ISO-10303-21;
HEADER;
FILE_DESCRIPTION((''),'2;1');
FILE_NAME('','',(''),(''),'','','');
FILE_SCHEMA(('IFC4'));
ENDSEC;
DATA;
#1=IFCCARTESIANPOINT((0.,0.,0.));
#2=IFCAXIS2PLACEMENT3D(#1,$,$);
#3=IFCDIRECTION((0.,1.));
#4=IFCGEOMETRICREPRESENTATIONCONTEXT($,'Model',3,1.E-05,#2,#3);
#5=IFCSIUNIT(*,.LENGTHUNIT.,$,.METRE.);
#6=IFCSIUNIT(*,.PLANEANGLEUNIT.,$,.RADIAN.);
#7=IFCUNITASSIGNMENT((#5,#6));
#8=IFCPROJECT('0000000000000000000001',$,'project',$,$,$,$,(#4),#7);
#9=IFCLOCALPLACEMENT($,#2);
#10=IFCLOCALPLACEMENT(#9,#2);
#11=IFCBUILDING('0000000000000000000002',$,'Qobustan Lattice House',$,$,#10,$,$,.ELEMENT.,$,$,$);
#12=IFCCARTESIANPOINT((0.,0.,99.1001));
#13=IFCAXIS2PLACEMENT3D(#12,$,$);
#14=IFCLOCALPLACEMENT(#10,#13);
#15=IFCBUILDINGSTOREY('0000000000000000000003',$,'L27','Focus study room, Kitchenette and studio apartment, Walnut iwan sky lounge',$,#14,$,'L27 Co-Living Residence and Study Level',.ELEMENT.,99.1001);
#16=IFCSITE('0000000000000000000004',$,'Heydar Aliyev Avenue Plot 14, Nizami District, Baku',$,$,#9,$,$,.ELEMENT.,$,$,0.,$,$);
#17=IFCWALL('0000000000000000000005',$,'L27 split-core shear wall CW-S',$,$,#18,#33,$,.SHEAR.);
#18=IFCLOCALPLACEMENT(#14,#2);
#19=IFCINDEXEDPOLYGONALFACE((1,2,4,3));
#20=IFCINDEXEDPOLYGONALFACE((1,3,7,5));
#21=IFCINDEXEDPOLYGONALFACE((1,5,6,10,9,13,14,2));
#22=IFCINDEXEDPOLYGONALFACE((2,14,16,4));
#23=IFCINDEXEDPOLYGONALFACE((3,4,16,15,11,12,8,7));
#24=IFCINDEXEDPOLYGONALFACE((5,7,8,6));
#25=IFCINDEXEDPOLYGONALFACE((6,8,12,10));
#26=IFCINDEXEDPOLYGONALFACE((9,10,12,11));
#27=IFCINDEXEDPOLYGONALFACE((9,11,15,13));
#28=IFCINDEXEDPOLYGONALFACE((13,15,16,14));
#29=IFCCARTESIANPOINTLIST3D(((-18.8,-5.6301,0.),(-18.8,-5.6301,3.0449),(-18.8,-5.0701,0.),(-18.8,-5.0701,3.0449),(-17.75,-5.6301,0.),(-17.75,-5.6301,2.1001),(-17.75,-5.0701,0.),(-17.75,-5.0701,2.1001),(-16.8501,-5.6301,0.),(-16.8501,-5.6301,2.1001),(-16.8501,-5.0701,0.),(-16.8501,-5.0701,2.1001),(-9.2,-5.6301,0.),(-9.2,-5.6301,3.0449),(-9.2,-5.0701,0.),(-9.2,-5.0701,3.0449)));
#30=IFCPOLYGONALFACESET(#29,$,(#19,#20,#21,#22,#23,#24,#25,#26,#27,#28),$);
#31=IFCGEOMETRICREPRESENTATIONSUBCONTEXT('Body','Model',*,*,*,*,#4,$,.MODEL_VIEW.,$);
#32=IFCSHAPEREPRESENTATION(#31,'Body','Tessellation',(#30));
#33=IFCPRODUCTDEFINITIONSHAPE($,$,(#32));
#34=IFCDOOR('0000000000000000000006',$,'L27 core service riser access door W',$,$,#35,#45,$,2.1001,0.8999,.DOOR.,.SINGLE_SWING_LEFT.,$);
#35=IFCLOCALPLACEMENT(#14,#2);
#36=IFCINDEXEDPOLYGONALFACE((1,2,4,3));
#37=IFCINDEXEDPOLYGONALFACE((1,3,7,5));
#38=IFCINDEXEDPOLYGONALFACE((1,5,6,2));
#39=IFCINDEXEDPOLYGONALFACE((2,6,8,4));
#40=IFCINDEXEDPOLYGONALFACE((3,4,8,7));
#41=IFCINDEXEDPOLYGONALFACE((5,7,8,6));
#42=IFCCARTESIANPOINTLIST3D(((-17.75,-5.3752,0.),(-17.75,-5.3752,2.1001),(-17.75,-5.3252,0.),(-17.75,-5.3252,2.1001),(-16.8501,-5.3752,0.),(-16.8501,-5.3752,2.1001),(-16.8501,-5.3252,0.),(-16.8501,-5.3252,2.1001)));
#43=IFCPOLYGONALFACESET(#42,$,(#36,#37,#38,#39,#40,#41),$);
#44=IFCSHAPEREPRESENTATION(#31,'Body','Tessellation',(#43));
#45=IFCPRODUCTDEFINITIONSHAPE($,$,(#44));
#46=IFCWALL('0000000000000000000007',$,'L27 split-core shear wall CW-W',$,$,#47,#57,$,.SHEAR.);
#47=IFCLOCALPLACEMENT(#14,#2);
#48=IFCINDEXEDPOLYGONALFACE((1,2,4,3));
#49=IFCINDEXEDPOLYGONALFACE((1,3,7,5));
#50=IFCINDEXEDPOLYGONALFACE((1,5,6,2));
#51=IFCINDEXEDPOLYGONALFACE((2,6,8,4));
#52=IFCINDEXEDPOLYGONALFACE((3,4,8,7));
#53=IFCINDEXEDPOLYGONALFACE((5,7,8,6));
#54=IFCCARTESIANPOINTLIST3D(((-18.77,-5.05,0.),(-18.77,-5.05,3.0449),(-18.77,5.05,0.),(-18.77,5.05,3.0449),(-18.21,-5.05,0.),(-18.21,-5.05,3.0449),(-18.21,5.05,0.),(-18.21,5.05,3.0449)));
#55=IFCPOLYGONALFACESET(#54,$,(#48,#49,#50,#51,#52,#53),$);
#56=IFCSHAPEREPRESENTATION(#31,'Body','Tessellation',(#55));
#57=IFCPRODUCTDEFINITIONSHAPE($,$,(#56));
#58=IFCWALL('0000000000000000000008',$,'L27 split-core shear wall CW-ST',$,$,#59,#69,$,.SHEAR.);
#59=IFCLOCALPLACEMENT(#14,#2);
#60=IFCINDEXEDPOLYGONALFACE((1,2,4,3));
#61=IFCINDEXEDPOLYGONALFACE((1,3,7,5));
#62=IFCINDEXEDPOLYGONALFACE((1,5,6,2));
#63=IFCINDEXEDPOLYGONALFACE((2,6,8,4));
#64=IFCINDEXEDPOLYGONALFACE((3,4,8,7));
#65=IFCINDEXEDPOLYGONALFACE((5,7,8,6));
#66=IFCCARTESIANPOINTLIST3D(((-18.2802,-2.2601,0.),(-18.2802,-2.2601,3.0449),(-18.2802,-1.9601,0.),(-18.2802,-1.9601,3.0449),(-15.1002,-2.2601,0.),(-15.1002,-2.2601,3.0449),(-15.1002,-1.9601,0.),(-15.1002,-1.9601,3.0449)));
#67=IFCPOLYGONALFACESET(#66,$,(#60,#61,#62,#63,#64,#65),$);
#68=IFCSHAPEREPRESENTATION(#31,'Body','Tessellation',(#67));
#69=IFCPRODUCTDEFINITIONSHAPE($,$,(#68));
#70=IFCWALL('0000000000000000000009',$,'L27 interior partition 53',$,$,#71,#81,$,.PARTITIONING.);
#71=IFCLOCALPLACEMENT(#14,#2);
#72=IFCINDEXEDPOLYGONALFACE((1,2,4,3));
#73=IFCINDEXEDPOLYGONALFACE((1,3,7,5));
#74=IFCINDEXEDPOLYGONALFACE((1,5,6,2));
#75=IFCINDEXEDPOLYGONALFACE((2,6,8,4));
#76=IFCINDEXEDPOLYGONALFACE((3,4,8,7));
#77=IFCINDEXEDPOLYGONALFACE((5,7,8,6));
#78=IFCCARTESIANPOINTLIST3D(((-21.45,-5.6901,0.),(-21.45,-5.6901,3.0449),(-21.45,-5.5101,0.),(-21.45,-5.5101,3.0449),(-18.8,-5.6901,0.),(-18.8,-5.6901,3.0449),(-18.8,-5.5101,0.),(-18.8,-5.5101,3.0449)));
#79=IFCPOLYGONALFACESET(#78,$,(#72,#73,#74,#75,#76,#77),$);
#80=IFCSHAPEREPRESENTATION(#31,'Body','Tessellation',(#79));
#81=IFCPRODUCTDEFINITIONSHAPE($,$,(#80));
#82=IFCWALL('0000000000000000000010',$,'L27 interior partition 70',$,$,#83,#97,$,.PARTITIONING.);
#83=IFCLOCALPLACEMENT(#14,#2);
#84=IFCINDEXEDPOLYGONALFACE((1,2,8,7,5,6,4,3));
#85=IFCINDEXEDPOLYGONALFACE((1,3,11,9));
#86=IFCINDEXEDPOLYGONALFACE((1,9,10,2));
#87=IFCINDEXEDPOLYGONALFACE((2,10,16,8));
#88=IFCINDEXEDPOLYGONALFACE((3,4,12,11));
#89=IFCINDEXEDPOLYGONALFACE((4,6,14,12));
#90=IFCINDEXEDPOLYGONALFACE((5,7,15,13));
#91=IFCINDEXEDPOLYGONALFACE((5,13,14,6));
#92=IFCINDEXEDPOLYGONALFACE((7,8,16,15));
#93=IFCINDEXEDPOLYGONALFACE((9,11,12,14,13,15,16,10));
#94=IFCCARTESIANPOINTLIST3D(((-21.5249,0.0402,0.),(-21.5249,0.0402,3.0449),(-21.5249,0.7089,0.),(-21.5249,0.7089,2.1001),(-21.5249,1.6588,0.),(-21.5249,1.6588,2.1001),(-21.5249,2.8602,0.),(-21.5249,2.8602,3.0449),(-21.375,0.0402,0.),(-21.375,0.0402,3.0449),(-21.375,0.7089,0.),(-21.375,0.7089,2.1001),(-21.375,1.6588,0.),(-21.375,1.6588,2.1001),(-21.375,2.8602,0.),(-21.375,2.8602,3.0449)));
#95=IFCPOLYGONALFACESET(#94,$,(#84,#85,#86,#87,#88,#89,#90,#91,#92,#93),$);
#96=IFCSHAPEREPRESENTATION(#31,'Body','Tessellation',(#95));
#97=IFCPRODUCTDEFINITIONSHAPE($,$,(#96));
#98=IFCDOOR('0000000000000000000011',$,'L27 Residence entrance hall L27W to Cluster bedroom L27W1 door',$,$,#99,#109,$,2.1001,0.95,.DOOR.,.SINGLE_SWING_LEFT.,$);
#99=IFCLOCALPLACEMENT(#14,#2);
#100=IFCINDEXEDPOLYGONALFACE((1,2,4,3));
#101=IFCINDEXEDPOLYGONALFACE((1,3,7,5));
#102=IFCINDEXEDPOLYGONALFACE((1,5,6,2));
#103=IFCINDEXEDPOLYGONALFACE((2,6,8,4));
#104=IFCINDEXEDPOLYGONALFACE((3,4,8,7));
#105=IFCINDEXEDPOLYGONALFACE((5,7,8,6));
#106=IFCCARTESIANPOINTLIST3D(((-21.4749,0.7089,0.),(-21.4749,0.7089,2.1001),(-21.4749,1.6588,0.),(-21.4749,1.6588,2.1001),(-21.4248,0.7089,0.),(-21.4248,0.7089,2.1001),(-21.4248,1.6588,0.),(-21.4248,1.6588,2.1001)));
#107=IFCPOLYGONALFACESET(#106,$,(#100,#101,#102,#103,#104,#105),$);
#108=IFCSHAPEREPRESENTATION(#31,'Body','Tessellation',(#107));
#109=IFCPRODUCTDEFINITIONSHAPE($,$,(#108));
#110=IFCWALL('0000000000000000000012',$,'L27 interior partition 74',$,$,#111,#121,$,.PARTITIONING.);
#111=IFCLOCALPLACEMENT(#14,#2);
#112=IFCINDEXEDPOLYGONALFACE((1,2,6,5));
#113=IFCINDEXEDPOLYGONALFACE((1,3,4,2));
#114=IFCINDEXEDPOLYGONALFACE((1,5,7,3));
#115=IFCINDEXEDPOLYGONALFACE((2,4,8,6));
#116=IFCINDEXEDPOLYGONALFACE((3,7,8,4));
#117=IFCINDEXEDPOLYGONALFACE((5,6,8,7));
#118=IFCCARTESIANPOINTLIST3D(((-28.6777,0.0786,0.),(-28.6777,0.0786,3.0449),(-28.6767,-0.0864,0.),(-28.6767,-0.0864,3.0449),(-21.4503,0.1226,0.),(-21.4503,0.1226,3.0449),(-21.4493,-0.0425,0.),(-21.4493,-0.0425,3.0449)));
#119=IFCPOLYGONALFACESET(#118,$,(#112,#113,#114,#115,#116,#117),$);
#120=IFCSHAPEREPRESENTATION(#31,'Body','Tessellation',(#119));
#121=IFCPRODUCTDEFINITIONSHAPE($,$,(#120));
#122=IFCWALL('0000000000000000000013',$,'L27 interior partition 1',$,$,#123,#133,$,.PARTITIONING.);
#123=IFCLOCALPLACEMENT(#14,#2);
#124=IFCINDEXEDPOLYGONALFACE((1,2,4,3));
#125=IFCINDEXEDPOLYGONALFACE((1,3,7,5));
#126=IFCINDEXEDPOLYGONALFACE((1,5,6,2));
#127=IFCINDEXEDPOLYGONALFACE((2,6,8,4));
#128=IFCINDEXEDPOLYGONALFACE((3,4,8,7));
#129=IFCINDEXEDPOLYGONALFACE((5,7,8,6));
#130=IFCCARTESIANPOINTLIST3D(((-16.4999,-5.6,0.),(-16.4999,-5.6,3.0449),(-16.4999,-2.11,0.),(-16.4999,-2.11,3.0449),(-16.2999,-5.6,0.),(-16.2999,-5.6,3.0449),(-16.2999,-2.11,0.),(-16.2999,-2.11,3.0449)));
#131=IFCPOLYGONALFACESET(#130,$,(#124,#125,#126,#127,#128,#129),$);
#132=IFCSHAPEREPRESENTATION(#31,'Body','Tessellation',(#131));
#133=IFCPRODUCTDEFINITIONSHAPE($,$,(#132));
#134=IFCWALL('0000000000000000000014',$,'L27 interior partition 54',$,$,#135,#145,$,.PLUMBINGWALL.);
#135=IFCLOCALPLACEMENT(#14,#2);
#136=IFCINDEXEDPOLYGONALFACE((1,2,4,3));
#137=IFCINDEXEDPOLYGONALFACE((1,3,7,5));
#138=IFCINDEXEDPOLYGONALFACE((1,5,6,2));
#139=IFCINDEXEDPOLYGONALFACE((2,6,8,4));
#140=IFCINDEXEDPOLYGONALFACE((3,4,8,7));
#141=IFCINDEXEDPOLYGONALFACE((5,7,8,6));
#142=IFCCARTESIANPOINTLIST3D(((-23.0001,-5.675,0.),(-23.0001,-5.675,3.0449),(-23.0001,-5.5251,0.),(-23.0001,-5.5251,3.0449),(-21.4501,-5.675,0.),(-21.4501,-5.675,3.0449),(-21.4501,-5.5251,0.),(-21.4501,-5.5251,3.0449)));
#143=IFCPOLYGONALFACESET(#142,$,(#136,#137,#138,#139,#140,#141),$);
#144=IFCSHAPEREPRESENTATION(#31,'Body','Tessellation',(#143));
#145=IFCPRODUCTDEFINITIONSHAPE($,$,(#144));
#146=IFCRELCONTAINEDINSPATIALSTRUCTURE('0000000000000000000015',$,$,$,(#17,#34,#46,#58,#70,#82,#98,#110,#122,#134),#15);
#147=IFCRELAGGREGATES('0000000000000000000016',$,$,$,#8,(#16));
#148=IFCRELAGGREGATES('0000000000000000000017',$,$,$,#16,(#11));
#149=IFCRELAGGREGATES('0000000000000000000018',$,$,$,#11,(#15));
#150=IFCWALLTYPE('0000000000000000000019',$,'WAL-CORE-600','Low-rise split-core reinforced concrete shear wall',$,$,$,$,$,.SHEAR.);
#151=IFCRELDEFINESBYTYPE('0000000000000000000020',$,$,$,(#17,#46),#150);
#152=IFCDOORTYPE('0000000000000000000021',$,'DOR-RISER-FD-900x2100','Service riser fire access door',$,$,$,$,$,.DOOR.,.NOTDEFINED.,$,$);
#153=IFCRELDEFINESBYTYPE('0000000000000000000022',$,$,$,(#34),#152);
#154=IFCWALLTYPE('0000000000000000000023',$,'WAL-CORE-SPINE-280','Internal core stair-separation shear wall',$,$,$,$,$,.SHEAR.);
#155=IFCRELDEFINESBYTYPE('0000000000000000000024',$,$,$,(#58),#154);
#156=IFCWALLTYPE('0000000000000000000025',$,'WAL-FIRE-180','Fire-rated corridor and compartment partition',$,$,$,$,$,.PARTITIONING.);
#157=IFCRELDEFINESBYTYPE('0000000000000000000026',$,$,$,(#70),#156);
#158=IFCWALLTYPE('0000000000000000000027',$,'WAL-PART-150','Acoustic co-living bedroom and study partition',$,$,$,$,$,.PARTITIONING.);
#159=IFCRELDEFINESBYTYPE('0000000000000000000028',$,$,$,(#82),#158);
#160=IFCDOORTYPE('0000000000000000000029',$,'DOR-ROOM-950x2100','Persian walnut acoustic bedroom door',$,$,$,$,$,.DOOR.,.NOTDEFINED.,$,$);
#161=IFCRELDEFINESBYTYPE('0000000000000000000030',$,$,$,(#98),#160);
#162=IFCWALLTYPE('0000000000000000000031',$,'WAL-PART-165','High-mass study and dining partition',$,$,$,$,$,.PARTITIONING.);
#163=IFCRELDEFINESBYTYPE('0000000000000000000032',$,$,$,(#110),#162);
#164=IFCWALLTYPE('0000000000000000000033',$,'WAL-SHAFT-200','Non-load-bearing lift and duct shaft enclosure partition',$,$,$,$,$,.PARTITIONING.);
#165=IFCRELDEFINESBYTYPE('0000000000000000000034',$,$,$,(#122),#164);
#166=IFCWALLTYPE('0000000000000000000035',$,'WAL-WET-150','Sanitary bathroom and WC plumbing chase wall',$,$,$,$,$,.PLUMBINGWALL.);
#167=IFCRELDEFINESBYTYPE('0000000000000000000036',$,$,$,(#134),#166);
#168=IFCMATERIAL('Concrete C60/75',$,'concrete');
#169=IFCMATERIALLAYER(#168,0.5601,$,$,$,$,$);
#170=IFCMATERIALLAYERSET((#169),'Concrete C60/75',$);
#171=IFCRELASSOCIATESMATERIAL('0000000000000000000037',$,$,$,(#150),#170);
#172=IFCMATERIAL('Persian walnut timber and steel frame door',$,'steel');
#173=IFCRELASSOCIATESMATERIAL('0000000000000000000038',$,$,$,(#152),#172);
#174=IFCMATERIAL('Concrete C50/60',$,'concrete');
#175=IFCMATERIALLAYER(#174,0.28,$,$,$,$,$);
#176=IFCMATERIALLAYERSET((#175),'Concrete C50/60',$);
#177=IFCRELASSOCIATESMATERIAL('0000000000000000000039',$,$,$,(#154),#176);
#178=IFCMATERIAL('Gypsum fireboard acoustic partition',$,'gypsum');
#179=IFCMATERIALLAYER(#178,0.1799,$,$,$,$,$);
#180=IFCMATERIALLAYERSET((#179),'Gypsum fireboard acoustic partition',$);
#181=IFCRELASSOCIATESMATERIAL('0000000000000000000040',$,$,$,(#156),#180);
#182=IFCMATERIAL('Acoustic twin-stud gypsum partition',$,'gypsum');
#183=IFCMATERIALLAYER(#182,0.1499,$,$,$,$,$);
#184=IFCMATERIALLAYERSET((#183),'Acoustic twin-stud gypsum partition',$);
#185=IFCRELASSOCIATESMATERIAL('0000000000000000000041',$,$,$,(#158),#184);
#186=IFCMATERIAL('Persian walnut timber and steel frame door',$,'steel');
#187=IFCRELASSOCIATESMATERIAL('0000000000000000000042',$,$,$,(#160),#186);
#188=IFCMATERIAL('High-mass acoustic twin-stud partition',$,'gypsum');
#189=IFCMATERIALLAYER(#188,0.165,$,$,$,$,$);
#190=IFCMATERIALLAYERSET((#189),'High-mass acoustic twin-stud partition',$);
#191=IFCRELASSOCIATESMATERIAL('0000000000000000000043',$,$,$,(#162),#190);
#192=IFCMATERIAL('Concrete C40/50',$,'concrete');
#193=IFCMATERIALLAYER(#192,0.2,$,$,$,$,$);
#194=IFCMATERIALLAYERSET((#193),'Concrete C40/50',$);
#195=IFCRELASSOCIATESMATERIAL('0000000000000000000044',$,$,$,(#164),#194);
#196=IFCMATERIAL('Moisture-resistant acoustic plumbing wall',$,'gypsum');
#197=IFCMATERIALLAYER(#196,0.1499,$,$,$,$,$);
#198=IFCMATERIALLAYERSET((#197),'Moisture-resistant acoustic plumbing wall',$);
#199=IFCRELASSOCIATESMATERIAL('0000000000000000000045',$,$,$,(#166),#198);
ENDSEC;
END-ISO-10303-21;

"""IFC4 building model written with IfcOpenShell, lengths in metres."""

from ifc_helpers import new_model, si_unit, direction, frame, frame_2d, origin, place, context, subcontext, project, spatial, rectangle, extrude, material, layer, layer_set, type_object, element, fill, save


model = new_model("IFC4")

# Units and contexts
model_context = context("Model", 3, precision=1e-05, world=origin(), true_north=direction((0.0, 1.0)))
body_context = subcontext(model_context, "Body", "Model", "MODEL_VIEW")
ifc_project = project(units=[si_unit("LENGTHUNIT", "METRE"), si_unit("PLANEANGLEUNIT", "RADIAN")], contexts=[model_context])

# Site, building, storey
site_placement = place(None, origin())
site = spatial("IfcSite", under=ifc_project, at=site_placement, Name="Heydar Aliyev Avenue Plot 14, Nizami District, Baku", CompositionType="ELEMENT", RefElevation=0.0)
building_placement = place(site_placement, origin())
building = spatial("IfcBuilding", under=site, at=building_placement, Name="Qobustan Lattice House", CompositionType="ELEMENT")
storey_placement = place(building_placement, frame((0.0, 0.0, 99.1001)))
storey = spatial("IfcBuildingStorey", under=building, at=storey_placement, Name="L27", Description="Focus study room, Kitchenette and studio apartment, Walnut iwan sky lounge", LongName="L27 Co-Living Residence and Study Level", CompositionType="ELEMENT", Elevation=99.1001)

# Wall, opening, door
ifc_material_1 = material(Name="Concrete C60/75", Category="concrete")
ifc_layer_1 = layer(ifc_material_1, 0.5601)
ifc_layer_set_1 = layer_set([ifc_layer_1], Name="Concrete C60/75")
wall_type_1 = type_object("IfcWallType", Name="WAL-CORE-600", Description="Low-rise split-core reinforced concrete shear wall", PredefinedType="SHEAR", material=ifc_layer_set_1)
wall_1_placement = place(storey_placement, frame((-18.8, -5.3501, 0.0), z_axis=(0.0, 0.0, 1.0), x_axis=(1.0, 0.0, 0.0)))
wall_1 = element("IfcWall", 1, at=wall_1_placement, inside=storey, type_object=wall_type_1, Name="L27 split-core shear wall CW-S", PredefinedType="SHEAR", context=body_context, shape_type="SweptSolid", body=[
    extrude(rectangle(XDim=9.6001, YDim=0.5601, at=frame_2d((4.8, 0.0))), origin(), (0.0, 0.0, 1.0), 3.0449),
])
opening_1_placement = place(wall_1_placement, frame((1.05, 0.0, 0.0)))
opening_1 = element("IfcOpeningElement", 2, at=opening_1_placement, cuts=wall_1, PredefinedType="OPENING", context=body_context, shape_type="SweptSolid", body=[
    extrude(rectangle(XDim=0.8999, YDim=2.1001, at=frame_2d((0.45, 1.05))), frame((0.0, 0.29, 0.0), z_axis=(0.0, -1.0, 0.0), x_axis=(1.0, 0.0, 0.0)), (0.0, 0.0, 1.0), 0.5801),
])
ifc_material_2 = material(Name="Persian walnut timber and steel frame door", Category="steel")
door_type_1 = type_object("IfcDoorType", Name="DOR-RISER-FD-900x2100", Description="Service riser fire access door", OperationType="NOTDEFINED", PredefinedType="DOOR", material=ifc_material_2)
door_1_placement = place(opening_1_placement, origin())
door_1 = element("IfcDoor", 3, at=door_1_placement, inside=storey, type_object=door_type_1, Name="L27 core service riser access door W", OperationType="SINGLE_SWING_LEFT", OverallHeight=2.1001, OverallWidth=0.8999, PredefinedType="DOOR", context=body_context, shape_type="SweptSolid", body=[
    extrude(rectangle(XDim=0.8999, YDim=2.1001, at=frame_2d((0.45, 1.05))), frame((0.0, 0.0249, 0.0), z_axis=(0.0, -1.0, 0.0), x_axis=(1.0, 0.0, 0.0)), (0.0, 0.0, 1.0), 0.05),
])
fill(opening_1, door_1)

# Walls
wall_2_placement = place(storey_placement, frame((-18.49, -5.05, 0.0), z_axis=(0.0, 0.0, 1.0), x_axis=(0.0, 1.0, 0.0)))
element("IfcWall", 4, at=wall_2_placement, inside=storey, type_object=wall_type_1, Name="L27 split-core shear wall CW-W", PredefinedType="SHEAR", context=body_context, shape_type="SweptSolid", body=[
    extrude(rectangle(XDim=10.1001, YDim=0.5601, at=frame_2d((5.05, 0.0))), origin(), (0.0, 0.0, 1.0), 3.0449),
])
ifc_material_3 = material(Name="Concrete C50/60", Category="concrete")
ifc_layer_2 = layer(ifc_material_3, 0.28)
ifc_layer_set_2 = layer_set([ifc_layer_2], Name="Concrete C50/60")
wall_type_2 = type_object("IfcWallType", Name="WAL-CORE-SPINE-280", Description="Internal core stair-separation shear wall", PredefinedType="SHEAR", material=ifc_layer_set_2)
wall_3_placement = place(storey_placement, frame((-18.28, -2.1101, 0.0), z_axis=(0.0, 0.0, 1.0), x_axis=(1.0, 0.0, 0.0)))
element("IfcWall", 5, at=wall_3_placement, inside=storey, type_object=wall_type_2, Name="L27 split-core shear wall CW-ST", PredefinedType="SHEAR", context=body_context, shape_type="SweptSolid", body=[
    extrude(rectangle(XDim=3.1799, YDim=0.3, at=frame_2d((1.5898, 0.0))), origin(), (0.0, 0.0, 1.0), 3.0449),
])
ifc_material_4 = material(Name="Gypsum fireboard acoustic partition", Category="gypsum")
ifc_layer_3 = layer(ifc_material_4, 0.1799)
ifc_layer_set_3 = layer_set([ifc_layer_3], Name="Gypsum fireboard acoustic partition")
wall_type_3 = type_object("IfcWallType", Name="WAL-FIRE-180", Description="Fire-rated corridor and compartment partition", PredefinedType="PARTITIONING", material=ifc_layer_set_3)
wall_4_placement = place(storey_placement, frame((-21.45, -5.6001, 0.0), z_axis=(0.0, 0.0, 1.0), x_axis=(1.0, 0.0, 0.0)))
element("IfcWall", 6, at=wall_4_placement, inside=storey, type_object=wall_type_3, Name="L27 interior partition 53", PredefinedType="PARTITIONING", context=body_context, shape_type="SweptSolid", body=[
    extrude(rectangle(XDim=2.6499, YDim=0.1799, at=frame_2d((1.325, 0.0))), origin(), (0.0, 0.0, 1.0), 3.0449),
])

# Wall, opening, door
ifc_material_5 = material(Name="Acoustic twin-stud gypsum partition", Category="gypsum")
ifc_layer_4 = layer(ifc_material_5, 0.1499)
ifc_layer_set_4 = layer_set([ifc_layer_4], Name="Acoustic twin-stud gypsum partition")
wall_type_4 = type_object("IfcWallType", Name="WAL-PART-150", Description="Acoustic co-living bedroom and study partition", PredefinedType="PARTITIONING", material=ifc_layer_set_4)
wall_5_placement = place(storey_placement, frame((-21.45, 0.04, 0.0), z_axis=(0.0, 0.0, 1.0), x_axis=(0.0, 1.0, 0.0)))
wall_5 = element("IfcWall", 7, at=wall_5_placement, inside=storey, type_object=wall_type_4, Name="L27 interior partition 70", PredefinedType="PARTITIONING", context=body_context, shape_type="SweptSolid", body=[
    extrude(rectangle(XDim=2.8201, YDim=0.1499, at=frame_2d((1.4102, 0.0))), origin(), (0.0, 0.0, 1.0), 3.0449),
])
opening_2_placement = place(wall_5_placement, frame((0.6687, 0.0, 0.0)))
opening_2 = element("IfcOpeningElement", 8, at=opening_2_placement, cuts=wall_5, PredefinedType="OPENING", context=body_context, shape_type="SweptSolid", body=[
    extrude(rectangle(XDim=0.95, YDim=2.1001, at=frame_2d((0.4751, 1.05))), frame((0.0, 0.085, 0.0), z_axis=(0.0, -1.0, 0.0), x_axis=(1.0, 0.0, 0.0)), (0.0, 0.0, 1.0), 0.1699),
])
ifc_material_6 = material(Name="Persian walnut timber and steel frame door", Category="steel")
door_type_2 = type_object("IfcDoorType", Name="DOR-ROOM-950x2100", Description="Persian walnut acoustic bedroom door", OperationType="NOTDEFINED", PredefinedType="DOOR", material=ifc_material_6)
door_2_placement = place(opening_2_placement, origin())
door_2 = element("IfcDoor", 9, at=door_2_placement, inside=storey, type_object=door_type_2, Name="L27 Residence entrance hall L27W to Cluster bedroom L27W1 door", OperationType="SINGLE_SWING_LEFT", OverallHeight=2.1001, OverallWidth=0.95, PredefinedType="DOOR", context=body_context, shape_type="SweptSolid", body=[
    extrude(rectangle(XDim=0.95, YDim=2.1001, at=frame_2d((0.4751, 1.05))), frame((0.0, 0.0249, 0.0), z_axis=(0.0, -1.0, 0.0), x_axis=(1.0, 0.0, 0.0)), (0.0, 0.0, 1.0), 0.05),
])
fill(opening_2, door_2)
ifc_material_7 = material(Name="High-mass acoustic twin-stud partition", Category="gypsum")
ifc_layer_5 = layer(ifc_material_7, 0.165)
ifc_layer_set_5 = layer_set([ifc_layer_5], Name="High-mass acoustic twin-stud partition")
wall_type_5 = type_object("IfcWallType", Name="WAL-PART-165", Description="High-mass study and dining partition", PredefinedType="PARTITIONING", material=ifc_layer_set_5)

# Walls
wall_6_placement = place(storey_placement, frame((-28.6772, -0.0039, 0.0), z_axis=(0.0, 0.0, 1.0), x_axis=(0.999982, 0.00608, 0.0)))
element("IfcWall", 10, at=wall_6_placement, inside=storey, type_object=wall_type_5, Name="L27 interior partition 74", PredefinedType="PARTITIONING", context=body_context, shape_type="SweptSolid", body=[
    extrude(rectangle(XDim=7.2275, YDim=0.165, at=frame_2d((3.6138, 0.0))), origin(), (0.0, 0.0, 1.0), 3.0449),
])
ifc_material_8 = material(Name="Concrete C40/50", Category="concrete")
ifc_layer_6 = layer(ifc_material_8, 0.2)
ifc_layer_set_6 = layer_set([ifc_layer_6], Name="Concrete C40/50")
wall_type_6 = type_object("IfcWallType", Name="WAL-SHAFT-200", Description="Non-load-bearing lift and duct shaft enclosure partition", PredefinedType="PARTITIONING", material=ifc_layer_set_6)
wall_7_placement = place(storey_placement, frame((-16.3999, -5.6001, 0.0), z_axis=(0.0, 0.0, 1.0), x_axis=(0.0, 1.0, 0.0)))
element("IfcWall", 11, at=wall_7_placement, inside=storey, type_object=wall_type_6, Name="L27 interior partition 1", PredefinedType="PARTITIONING", context=body_context, shape_type="SweptSolid", body=[
    extrude(rectangle(XDim=3.49, YDim=0.2, at=frame_2d((1.7451, 0.0))), origin(), (0.0, 0.0, 1.0), 3.0449),
])
ifc_material_9 = material(Name="Moisture-resistant acoustic plumbing wall", Category="gypsum")
ifc_layer_7 = layer(ifc_material_9, 0.1499)
ifc_layer_set_7 = layer_set([ifc_layer_7], Name="Moisture-resistant acoustic plumbing wall")
wall_type_7 = type_object("IfcWallType", Name="WAL-WET-150", Description="Sanitary bathroom and WC plumbing chase wall", PredefinedType="PLUMBINGWALL", material=ifc_layer_set_7)
wall_8_placement = place(storey_placement, frame((-23.0, -5.6001, 0.0), z_axis=(0.0, 0.0, 1.0), x_axis=(1.0, 0.0, 0.0)))
element("IfcWall", 12, at=wall_8_placement, inside=storey, type_object=wall_type_7, Name="L27 interior partition 54", PredefinedType="PLUMBINGWALL", context=body_context, shape_type="SweptSolid", body=[
    extrude(rectangle(XDim=1.55, YDim=0.1499, at=frame_2d((0.7749, 0.0))), origin(), (0.0, 0.0, 1.0), 3.0449),
])

save(model, "model.ifc")
